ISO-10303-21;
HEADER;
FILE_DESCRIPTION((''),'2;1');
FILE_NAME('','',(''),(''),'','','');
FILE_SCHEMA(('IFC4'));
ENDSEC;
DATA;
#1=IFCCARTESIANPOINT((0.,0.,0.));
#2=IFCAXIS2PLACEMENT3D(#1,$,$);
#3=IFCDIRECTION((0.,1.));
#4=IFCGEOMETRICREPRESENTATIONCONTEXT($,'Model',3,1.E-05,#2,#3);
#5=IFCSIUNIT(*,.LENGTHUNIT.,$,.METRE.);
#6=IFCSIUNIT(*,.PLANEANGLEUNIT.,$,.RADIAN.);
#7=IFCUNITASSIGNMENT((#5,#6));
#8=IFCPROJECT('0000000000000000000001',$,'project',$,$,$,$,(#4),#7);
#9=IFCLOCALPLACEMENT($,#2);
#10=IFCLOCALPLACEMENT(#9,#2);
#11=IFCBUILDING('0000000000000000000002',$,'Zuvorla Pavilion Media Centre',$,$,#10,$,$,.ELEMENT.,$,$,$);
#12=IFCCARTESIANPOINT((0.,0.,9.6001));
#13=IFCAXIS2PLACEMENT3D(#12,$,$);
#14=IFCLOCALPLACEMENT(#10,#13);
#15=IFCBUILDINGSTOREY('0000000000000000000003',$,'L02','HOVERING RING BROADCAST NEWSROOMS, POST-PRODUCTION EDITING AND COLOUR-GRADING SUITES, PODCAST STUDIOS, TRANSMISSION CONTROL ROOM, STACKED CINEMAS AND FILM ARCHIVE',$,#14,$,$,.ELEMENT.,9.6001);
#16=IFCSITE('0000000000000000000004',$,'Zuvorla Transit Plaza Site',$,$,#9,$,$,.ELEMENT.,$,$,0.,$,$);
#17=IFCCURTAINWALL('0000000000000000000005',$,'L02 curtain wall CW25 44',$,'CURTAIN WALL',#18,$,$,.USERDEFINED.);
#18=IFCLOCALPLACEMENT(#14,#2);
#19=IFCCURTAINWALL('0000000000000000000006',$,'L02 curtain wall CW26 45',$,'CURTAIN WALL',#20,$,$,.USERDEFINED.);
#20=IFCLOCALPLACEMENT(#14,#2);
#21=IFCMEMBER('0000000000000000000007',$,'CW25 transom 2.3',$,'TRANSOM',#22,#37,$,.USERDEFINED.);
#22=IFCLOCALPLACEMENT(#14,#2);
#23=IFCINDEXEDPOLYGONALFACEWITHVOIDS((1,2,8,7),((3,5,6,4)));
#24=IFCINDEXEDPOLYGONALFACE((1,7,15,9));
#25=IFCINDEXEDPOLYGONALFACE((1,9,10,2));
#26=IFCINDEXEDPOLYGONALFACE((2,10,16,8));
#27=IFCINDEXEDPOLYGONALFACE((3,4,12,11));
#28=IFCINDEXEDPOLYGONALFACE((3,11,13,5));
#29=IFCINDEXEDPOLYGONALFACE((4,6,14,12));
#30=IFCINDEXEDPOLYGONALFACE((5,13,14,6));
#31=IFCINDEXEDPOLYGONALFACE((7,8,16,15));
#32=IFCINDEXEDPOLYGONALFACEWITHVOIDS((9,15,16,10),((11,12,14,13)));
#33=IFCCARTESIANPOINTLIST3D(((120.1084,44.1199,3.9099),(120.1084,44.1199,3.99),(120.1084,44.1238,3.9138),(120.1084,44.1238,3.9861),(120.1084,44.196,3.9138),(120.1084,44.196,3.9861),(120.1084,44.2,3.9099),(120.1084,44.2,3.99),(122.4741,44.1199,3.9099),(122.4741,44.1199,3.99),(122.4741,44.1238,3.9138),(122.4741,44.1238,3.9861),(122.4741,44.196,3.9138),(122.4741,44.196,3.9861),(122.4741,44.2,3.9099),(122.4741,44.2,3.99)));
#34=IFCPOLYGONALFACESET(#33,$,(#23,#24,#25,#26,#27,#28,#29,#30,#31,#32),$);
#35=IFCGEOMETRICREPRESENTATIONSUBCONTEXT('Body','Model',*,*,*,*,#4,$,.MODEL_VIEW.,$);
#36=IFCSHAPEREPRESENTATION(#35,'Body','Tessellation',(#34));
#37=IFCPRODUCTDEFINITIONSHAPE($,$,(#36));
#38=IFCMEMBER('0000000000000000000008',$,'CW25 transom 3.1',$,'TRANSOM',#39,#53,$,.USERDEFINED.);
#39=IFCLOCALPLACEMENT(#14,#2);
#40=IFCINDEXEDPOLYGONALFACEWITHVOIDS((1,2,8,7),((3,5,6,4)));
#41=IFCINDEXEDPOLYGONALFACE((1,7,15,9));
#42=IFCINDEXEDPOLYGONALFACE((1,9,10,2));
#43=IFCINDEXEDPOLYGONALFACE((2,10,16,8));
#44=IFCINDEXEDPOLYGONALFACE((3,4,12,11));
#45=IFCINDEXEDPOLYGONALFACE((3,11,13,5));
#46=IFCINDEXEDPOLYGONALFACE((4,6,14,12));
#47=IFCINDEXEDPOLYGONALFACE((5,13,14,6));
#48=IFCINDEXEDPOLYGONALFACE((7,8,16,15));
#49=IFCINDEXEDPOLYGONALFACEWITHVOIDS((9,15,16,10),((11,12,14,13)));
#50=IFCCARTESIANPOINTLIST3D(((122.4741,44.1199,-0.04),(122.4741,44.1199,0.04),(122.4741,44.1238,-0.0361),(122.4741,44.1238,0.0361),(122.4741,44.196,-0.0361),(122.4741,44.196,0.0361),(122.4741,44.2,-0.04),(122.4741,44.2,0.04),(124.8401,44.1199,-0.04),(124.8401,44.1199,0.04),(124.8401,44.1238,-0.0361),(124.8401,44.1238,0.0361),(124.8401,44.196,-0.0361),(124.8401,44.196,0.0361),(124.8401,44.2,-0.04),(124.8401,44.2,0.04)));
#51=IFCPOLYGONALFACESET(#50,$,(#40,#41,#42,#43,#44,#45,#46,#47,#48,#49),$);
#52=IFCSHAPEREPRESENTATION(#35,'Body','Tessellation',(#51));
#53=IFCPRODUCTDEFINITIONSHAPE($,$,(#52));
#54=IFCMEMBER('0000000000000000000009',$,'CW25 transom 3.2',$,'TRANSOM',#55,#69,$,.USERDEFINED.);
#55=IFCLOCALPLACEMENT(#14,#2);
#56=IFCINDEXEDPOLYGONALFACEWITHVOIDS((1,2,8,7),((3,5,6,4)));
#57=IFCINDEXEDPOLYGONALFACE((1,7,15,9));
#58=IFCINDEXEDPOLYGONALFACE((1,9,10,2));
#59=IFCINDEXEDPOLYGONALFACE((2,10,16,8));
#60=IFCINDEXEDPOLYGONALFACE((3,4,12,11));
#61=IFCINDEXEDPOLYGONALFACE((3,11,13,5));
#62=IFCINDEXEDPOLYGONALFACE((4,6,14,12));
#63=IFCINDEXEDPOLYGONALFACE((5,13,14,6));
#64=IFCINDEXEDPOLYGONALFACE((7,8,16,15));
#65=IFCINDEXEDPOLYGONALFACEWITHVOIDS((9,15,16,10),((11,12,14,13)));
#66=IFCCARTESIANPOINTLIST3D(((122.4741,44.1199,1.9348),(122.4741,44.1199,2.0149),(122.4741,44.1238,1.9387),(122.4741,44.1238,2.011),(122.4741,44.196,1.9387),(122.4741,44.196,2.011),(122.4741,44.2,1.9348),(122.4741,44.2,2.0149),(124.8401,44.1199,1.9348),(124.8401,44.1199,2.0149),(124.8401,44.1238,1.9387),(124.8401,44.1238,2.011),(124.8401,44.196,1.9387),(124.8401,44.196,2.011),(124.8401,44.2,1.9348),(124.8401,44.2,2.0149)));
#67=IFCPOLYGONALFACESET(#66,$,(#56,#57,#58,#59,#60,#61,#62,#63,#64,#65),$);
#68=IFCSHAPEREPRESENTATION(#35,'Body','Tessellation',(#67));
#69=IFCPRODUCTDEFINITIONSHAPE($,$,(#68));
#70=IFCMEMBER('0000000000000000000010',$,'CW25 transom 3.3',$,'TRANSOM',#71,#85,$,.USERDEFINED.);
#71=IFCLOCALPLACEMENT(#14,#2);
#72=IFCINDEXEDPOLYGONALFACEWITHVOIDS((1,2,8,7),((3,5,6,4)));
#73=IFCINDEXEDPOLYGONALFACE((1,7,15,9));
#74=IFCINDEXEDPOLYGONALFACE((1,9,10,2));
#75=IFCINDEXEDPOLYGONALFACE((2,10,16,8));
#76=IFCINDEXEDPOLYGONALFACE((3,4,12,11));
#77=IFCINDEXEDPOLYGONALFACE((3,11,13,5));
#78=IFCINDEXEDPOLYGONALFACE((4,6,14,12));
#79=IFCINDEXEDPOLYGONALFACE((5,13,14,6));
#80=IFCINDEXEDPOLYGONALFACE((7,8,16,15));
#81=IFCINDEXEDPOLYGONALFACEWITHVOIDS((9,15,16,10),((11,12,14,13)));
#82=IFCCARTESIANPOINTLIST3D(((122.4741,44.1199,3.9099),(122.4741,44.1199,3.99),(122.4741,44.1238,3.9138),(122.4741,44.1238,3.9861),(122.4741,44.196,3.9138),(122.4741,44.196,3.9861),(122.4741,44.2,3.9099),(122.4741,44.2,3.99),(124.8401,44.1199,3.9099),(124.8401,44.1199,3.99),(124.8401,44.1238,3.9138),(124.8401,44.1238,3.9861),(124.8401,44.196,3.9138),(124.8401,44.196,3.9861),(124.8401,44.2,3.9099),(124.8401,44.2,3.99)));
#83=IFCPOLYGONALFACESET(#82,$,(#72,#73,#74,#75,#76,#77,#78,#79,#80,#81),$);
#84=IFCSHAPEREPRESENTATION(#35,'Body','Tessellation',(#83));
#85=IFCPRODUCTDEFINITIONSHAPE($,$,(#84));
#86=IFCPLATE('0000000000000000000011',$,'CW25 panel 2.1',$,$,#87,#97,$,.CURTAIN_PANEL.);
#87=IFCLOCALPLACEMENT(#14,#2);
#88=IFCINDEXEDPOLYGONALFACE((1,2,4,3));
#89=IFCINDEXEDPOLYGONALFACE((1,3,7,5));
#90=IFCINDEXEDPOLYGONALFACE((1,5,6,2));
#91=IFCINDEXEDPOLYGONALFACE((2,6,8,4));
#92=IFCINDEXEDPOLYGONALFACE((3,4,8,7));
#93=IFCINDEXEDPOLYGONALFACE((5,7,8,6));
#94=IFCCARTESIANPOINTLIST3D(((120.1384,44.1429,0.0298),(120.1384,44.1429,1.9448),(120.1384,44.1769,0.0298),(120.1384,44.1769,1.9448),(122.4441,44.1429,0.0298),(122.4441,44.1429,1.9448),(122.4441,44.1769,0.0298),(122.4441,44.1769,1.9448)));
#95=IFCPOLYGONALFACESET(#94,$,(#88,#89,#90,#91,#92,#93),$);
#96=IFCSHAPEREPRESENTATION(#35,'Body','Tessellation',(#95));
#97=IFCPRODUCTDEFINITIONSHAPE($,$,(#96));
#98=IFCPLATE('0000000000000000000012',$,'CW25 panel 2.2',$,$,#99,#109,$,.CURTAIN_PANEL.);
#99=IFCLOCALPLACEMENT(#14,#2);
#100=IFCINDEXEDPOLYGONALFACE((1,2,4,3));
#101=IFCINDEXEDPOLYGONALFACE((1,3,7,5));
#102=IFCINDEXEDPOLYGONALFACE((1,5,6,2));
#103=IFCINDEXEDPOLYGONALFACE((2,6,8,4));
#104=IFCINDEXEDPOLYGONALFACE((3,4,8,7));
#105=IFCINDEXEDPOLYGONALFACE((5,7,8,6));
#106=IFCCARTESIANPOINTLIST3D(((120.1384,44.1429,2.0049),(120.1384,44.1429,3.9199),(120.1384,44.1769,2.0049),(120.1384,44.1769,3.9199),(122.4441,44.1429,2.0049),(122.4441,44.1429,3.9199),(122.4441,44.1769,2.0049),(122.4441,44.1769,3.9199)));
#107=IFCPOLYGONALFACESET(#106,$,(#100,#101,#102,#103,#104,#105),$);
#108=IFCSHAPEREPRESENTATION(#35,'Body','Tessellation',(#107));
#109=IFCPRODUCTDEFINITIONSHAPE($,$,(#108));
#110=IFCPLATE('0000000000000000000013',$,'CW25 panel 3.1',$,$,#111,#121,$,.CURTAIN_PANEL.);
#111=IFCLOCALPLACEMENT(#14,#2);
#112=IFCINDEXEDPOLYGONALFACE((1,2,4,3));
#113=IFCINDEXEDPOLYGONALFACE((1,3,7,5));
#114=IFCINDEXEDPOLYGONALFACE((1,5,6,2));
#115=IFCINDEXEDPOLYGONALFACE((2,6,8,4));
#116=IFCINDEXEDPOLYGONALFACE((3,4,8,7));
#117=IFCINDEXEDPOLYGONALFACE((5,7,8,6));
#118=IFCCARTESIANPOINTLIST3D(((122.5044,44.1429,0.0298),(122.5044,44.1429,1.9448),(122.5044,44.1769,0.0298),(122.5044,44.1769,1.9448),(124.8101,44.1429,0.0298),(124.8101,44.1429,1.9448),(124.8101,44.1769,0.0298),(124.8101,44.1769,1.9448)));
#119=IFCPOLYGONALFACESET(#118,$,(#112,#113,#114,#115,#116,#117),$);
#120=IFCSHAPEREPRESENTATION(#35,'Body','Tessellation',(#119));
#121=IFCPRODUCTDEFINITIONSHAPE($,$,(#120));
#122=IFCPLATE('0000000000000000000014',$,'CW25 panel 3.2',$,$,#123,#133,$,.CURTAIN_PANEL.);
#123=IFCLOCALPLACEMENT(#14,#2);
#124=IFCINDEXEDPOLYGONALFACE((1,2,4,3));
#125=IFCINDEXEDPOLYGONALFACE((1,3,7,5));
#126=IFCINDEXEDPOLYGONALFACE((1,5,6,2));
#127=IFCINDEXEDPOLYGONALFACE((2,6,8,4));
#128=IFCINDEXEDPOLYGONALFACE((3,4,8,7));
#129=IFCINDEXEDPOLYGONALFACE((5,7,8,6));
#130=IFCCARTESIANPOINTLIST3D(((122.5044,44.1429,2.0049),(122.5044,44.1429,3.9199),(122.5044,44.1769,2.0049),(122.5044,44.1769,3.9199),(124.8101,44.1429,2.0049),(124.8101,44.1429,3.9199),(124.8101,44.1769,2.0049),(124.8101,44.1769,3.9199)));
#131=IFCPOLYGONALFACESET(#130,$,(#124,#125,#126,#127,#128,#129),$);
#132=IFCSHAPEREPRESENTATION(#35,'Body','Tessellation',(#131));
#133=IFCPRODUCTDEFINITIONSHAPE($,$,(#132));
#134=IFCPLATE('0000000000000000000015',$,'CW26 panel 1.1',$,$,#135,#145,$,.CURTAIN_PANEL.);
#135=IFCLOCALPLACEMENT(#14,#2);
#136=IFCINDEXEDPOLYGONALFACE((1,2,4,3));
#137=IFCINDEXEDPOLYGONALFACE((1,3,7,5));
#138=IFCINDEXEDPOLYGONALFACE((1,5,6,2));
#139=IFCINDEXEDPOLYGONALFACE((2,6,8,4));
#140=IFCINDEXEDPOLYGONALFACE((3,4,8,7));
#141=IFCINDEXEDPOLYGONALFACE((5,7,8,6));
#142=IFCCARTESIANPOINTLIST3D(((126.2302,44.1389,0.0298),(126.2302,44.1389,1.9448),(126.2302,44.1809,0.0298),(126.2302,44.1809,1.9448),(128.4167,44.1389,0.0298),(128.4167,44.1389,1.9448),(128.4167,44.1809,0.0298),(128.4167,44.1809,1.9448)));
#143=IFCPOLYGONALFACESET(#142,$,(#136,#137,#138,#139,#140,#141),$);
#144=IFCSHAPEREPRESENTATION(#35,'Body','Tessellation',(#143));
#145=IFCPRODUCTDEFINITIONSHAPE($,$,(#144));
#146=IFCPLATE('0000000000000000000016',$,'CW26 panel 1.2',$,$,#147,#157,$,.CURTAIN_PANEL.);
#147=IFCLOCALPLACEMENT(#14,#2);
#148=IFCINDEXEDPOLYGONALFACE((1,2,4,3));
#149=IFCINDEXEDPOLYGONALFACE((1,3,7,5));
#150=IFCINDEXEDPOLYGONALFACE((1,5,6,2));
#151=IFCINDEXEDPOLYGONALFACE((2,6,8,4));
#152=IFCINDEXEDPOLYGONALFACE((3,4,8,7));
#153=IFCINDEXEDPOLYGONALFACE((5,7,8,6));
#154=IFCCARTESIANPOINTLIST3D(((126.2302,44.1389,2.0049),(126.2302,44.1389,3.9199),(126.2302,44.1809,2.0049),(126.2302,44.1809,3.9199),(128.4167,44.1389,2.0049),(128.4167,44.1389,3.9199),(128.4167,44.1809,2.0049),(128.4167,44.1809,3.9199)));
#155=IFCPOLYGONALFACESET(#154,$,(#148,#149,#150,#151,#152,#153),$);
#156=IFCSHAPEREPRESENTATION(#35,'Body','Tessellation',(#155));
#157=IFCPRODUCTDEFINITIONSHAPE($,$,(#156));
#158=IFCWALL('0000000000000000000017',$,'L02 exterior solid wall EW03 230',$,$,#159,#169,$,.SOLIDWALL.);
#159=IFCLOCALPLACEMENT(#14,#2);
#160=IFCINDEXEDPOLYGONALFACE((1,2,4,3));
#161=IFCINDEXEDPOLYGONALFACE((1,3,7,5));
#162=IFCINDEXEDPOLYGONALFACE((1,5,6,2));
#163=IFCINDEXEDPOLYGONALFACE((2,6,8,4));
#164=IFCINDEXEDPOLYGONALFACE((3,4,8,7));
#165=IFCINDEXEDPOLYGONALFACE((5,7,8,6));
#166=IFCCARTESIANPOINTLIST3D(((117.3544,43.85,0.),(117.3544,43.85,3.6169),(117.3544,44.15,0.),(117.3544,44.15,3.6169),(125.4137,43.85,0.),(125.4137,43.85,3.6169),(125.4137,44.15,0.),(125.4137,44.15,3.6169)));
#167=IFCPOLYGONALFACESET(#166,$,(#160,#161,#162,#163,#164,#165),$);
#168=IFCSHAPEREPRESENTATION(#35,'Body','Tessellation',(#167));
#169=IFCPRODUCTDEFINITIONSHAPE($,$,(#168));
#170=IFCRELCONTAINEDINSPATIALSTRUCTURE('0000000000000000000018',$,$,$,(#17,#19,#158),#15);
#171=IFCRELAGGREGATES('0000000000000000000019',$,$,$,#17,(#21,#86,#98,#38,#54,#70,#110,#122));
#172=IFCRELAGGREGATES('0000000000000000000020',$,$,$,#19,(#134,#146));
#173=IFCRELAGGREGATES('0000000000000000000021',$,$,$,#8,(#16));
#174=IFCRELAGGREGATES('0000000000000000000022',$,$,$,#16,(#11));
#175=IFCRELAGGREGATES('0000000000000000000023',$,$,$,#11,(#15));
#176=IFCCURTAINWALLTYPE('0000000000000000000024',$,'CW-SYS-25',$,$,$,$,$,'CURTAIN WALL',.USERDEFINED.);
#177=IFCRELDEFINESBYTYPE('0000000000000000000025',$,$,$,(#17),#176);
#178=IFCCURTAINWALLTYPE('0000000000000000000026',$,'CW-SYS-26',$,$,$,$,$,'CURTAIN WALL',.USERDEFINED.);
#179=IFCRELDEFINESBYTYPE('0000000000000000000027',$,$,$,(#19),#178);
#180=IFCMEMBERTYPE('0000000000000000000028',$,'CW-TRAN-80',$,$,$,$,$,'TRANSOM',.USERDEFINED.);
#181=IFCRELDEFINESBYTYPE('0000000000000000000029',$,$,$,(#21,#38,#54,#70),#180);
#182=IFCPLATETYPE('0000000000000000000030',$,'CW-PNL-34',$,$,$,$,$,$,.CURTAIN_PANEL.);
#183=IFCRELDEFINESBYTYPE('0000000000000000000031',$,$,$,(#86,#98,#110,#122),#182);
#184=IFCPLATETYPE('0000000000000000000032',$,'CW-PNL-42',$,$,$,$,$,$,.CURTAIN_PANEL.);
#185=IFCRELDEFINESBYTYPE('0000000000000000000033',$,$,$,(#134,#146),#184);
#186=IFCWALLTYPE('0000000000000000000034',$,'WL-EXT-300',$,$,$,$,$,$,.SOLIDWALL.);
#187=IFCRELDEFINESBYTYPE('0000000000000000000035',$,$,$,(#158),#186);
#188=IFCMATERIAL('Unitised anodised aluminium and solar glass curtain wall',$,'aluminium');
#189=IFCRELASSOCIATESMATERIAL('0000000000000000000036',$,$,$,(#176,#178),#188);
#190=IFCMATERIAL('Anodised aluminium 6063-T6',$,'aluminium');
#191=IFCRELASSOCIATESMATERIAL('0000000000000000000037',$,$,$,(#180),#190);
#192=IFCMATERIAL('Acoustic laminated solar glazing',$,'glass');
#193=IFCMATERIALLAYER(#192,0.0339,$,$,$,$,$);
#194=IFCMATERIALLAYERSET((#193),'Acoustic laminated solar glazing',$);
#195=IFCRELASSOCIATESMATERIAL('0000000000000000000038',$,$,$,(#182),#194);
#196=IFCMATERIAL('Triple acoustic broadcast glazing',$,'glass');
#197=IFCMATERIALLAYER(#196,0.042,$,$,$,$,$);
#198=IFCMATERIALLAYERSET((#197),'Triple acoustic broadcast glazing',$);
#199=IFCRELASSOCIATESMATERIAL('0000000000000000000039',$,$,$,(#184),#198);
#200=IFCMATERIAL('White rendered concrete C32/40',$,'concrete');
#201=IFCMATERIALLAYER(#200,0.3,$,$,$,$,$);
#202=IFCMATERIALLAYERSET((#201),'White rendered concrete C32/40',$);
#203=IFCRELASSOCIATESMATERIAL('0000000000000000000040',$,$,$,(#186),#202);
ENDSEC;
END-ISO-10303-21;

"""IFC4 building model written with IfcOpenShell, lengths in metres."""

from ifc_helpers import new_model, si_unit, direction, frame, frame_2d, origin, origin_2d, place, context, subcontext, project, spatial, rectangle, hollow_rectangle, extrude, material, layer, layer_set, material_profile, profile_set, type_object, element, aggregate, save


model = new_model("IFC4")

# Units and contexts
model_context = context("Model", 3, precision=1e-05, world=origin(), true_north=direction((0.0, 1.0)))
body_context = subcontext(model_context, "Body", "Model", "MODEL_VIEW")
ifc_project = project(units=[si_unit("LENGTHUNIT", "METRE"), si_unit("PLANEANGLEUNIT", "RADIAN")], contexts=[model_context])

# Site, building, storey
site_placement = place(None, origin())
site = spatial("IfcSite", under=ifc_project, at=site_placement, Name="Zuvorla Transit Plaza Site", CompositionType="ELEMENT", RefElevation=0.0)
building_placement = place(site_placement, origin())
building = spatial("IfcBuilding", under=site, at=building_placement, Name="Zuvorla Pavilion Media Centre", CompositionType="ELEMENT")
storey_placement = place(building_placement, frame((0.0, 0.0, 9.6001)))
storey = spatial("IfcBuildingStorey", under=building, at=storey_placement, Name="L02", Description="HOVERING RING BROADCAST NEWSROOMS, POST-PRODUCTION EDITING AND COLOUR-GRADING SUITES, PODCAST STUDIOS, TRANSMISSION CONTROL ROOM, STACKED CINEMAS AND FILM ARCHIVE", CompositionType="ELEMENT", Elevation=9.6001)

# Curtain walls
ifc_material_1 = material(Name="Unitised anodised aluminium and solar glass curtain wall", Category="aluminium")
curtain_wall_type_1 = type_object("IfcCurtainWallType", Name="CW-SYS-25", ElementType="CURTAIN WALL", PredefinedType="USERDEFINED", material=ifc_material_1)
curtain_wall_1_placement = place(storey_placement, origin())
curtain_wall_1 = element("IfcCurtainWall", 1, at=curtain_wall_1_placement, inside=storey, type_object=curtain_wall_type_1, Name="L02 curtain wall CW25 44", ObjectType="CURTAIN WALL", PredefinedType="USERDEFINED")
ifc_material_2 = material(Name="Anodised aluminium 6063-T6", Category="aluminium")
curtain_wall_type_2 = type_object("IfcCurtainWallType", Name="CW-SYS-26", ElementType="CURTAIN WALL", PredefinedType="USERDEFINED", material=ifc_material_1)
curtain_wall_2_placement = place(storey_placement, origin())
curtain_wall_2 = element("IfcCurtainWall", 2, at=curtain_wall_2_placement, inside=storey, type_object=curtain_wall_type_2, Name="L02 curtain wall CW26 45", ObjectType="CURTAIN WALL", PredefinedType="USERDEFINED")

# Members
ifc_material_profile_1 = material_profile(ifc_material_2, hollow_rectangle(XDim=0.0801, YDim=0.0801, WallThickness=0.0039, at=origin_2d()), Name="ALU TRAN 80x80")
ifc_profile_set_1 = profile_set([ifc_material_profile_1], Name="Anodised aluminium 6063-T6")
member_type_1 = type_object("IfcMemberType", Name="CW-TRAN-80", ElementType="TRANSOM", PredefinedType="USERDEFINED", material=ifc_profile_set_1)
member_1_placement = place(storey_placement, frame((120.1084, 44.1599, 3.95), z_axis=(1.0, 0.0, 0.0), x_axis=(0.0, 1.0, 0.0)))
member_1 = element("IfcMember", 3, at=member_1_placement, type_object=member_type_1, Name="CW25 transom 2.3", ObjectType="TRANSOM", PredefinedType="USERDEFINED", context=body_context, shape_type="SweptSolid", body=[
    extrude(hollow_rectangle(XDim=0.0801, YDim=0.0801, WallThickness=0.0039, at=origin_2d()), origin(), (0.0, 0.0, 1.0), 2.3657),
])
member_2_placement = place(storey_placement, frame((122.4741, 44.1599, 0.0), z_axis=(1.0, 0.0, 0.0), x_axis=(0.0, 1.0, 0.0)))
member_2 = element("IfcMember", 4, at=member_2_placement, type_object=member_type_1, Name="CW25 transom 3.1", ObjectType="TRANSOM", PredefinedType="USERDEFINED", context=body_context, shape_type="SweptSolid", body=[
    extrude(hollow_rectangle(XDim=0.0801, YDim=0.0801, WallThickness=0.0039, at=origin_2d()), origin(), (0.0, 0.0, 1.0), 2.366),
])
member_3_placement = place(storey_placement, frame((122.4741, 44.1599, 1.9749), z_axis=(1.0, 0.0, 0.0), x_axis=(0.0, 1.0, 0.0)))
member_3 = element("IfcMember", 5, at=member_3_placement, type_object=member_type_1, Name="CW25 transom 3.2", ObjectType="TRANSOM", PredefinedType="USERDEFINED", context=body_context, shape_type="SweptSolid", body=[
    extrude(hollow_rectangle(XDim=0.0801, YDim=0.0801, WallThickness=0.0039, at=origin_2d()), origin(), (0.0, 0.0, 1.0), 2.366),
])
member_4_placement = place(storey_placement, frame((122.4741, 44.1599, 3.95), z_axis=(1.0, 0.0, 0.0), x_axis=(0.0, 1.0, 0.0)))
member_4 = element("IfcMember", 6, at=member_4_placement, type_object=member_type_1, Name="CW25 transom 3.3", ObjectType="TRANSOM", PredefinedType="USERDEFINED", context=body_context, shape_type="SweptSolid", body=[
    extrude(hollow_rectangle(XDim=0.0801, YDim=0.0801, WallThickness=0.0039, at=origin_2d()), origin(), (0.0, 0.0, 1.0), 2.366),
])

# Plates
ifc_material_3 = material(Name="Acoustic laminated solar glazing", Category="glass")
ifc_layer_1 = layer(ifc_material_3, 0.0339)
ifc_layer_set_1 = layer_set([ifc_layer_1], Name="Acoustic laminated solar glazing")
plate_type_1 = type_object("IfcPlateType", Name="CW-PNL-34", PredefinedType="CURTAIN_PANEL", material=ifc_layer_set_1)
plate_1_placement = place(storey_placement, frame((121.2913, 44.1599, 0.0298), z_axis=(0.0, 0.0, 1.0), x_axis=(1.0, 0.0, 0.0)))
plate_1 = element("IfcPlate", 7, at=plate_1_placement, type_object=plate_type_1, Name="CW25 panel 2.1", PredefinedType="CURTAIN_PANEL", context=body_context, shape_type="SweptSolid", body=[
    extrude(rectangle(XDim=2.3057, YDim=0.0339, at=origin_2d()), origin(), (0.0, 0.0, 1.0), 1.915),
])
plate_2_placement = place(storey_placement, frame((121.2913, 44.1599, 2.0049), z_axis=(0.0, 0.0, 1.0), x_axis=(1.0, 0.0, 0.0)))
plate_2 = element("IfcPlate", 8, at=plate_2_placement, type_object=plate_type_1, Name="CW25 panel 2.2", PredefinedType="CURTAIN_PANEL", context=body_context, shape_type="SweptSolid", body=[
    extrude(rectangle(XDim=2.3057, YDim=0.0339, at=origin_2d()), origin(), (0.0, 0.0, 1.0), 1.915),
])
plate_3_placement = place(storey_placement, frame((123.6572, 44.1599, 0.0298), z_axis=(0.0, 0.0, 1.0), x_axis=(1.0, 0.0, 0.0)))
plate_3 = element("IfcPlate", 9, at=plate_3_placement, type_object=plate_type_1, Name="CW25 panel 3.1", PredefinedType="CURTAIN_PANEL", context=body_context, shape_type="SweptSolid", body=[
    extrude(rectangle(XDim=2.3057, YDim=0.0339, at=origin_2d()), origin(), (0.0, 0.0, 1.0), 1.915),
])
plate_4_placement = place(storey_placement, frame((123.6572, 44.1599, 2.0049), z_axis=(0.0, 0.0, 1.0), x_axis=(1.0, 0.0, 0.0)))
plate_4 = element("IfcPlate", 10, at=plate_4_placement, type_object=plate_type_1, Name="CW25 panel 3.2", PredefinedType="CURTAIN_PANEL", context=body_context, shape_type="SweptSolid", body=[
    extrude(rectangle(XDim=2.3057, YDim=0.0339, at=origin_2d()), origin(), (0.0, 0.0, 1.0), 1.915),
])
aggregate(curtain_wall_1, [member_1, plate_1, plate_2, member_2, member_3, member_4, plate_3, plate_4])
ifc_material_4 = material(Name="Triple acoustic broadcast glazing", Category="glass")
ifc_layer_2 = layer(ifc_material_4, 0.042)
ifc_layer_set_2 = layer_set([ifc_layer_2], Name="Triple acoustic broadcast glazing")
plate_type_2 = type_object("IfcPlateType", Name="CW-PNL-42", PredefinedType="CURTAIN_PANEL", material=ifc_layer_set_2)
plate_5_placement = place(storey_placement, frame((127.3235, 44.1599, 0.0298), z_axis=(0.0, 0.0, 1.0), x_axis=(1.0, 0.0, 0.0)))
plate_5 = element("IfcPlate", 11, at=plate_5_placement, type_object=plate_type_2, Name="CW26 panel 1.1", PredefinedType="CURTAIN_PANEL", context=body_context, shape_type="SweptSolid", body=[
    extrude(rectangle(XDim=2.1865, YDim=0.042, at=origin_2d()), origin(), (0.0, 0.0, 1.0), 1.915),
])
plate_6_placement = place(storey_placement, frame((127.3235, 44.1599, 2.0049), z_axis=(0.0, 0.0, 1.0), x_axis=(1.0, 0.0, 0.0)))
plate_6 = element("IfcPlate", 12, at=plate_6_placement, type_object=plate_type_2, Name="CW26 panel 1.2", PredefinedType="CURTAIN_PANEL", context=body_context, shape_type="SweptSolid", body=[
    extrude(rectangle(XDim=2.1865, YDim=0.042, at=origin_2d()), origin(), (0.0, 0.0, 1.0), 1.915),
])
aggregate(curtain_wall_2, [plate_5, plate_6])

# Wall
ifc_material_5 = material(Name="White rendered concrete C32/40", Category="concrete")
ifc_layer_3 = layer(ifc_material_5, 0.3)
ifc_layer_set_3 = layer_set([ifc_layer_3], Name="White rendered concrete C32/40")
wall_type = type_object("IfcWallType", Name="WL-EXT-300", PredefinedType="SOLIDWALL", material=ifc_layer_set_3)
wall_placement = place(storey_placement, frame((125.4138, 44.0, 0.0), z_axis=(0.0, 0.0, 1.0), x_axis=(-1.0, 0.0, 0.0)))
element("IfcWall", 13, at=wall_placement, inside=storey, type_object=wall_type, Name="L02 exterior solid wall EW03 230", PredefinedType="SOLIDWALL", context=body_context, shape_type="SweptSolid", body=[
    extrude(rectangle(XDim=8.0593, YDim=0.3, at=frame_2d((4.0298, 0.0))), origin(), (0.0, 0.0, 1.0), 3.6169),
])

save(model, "model.ifc")
